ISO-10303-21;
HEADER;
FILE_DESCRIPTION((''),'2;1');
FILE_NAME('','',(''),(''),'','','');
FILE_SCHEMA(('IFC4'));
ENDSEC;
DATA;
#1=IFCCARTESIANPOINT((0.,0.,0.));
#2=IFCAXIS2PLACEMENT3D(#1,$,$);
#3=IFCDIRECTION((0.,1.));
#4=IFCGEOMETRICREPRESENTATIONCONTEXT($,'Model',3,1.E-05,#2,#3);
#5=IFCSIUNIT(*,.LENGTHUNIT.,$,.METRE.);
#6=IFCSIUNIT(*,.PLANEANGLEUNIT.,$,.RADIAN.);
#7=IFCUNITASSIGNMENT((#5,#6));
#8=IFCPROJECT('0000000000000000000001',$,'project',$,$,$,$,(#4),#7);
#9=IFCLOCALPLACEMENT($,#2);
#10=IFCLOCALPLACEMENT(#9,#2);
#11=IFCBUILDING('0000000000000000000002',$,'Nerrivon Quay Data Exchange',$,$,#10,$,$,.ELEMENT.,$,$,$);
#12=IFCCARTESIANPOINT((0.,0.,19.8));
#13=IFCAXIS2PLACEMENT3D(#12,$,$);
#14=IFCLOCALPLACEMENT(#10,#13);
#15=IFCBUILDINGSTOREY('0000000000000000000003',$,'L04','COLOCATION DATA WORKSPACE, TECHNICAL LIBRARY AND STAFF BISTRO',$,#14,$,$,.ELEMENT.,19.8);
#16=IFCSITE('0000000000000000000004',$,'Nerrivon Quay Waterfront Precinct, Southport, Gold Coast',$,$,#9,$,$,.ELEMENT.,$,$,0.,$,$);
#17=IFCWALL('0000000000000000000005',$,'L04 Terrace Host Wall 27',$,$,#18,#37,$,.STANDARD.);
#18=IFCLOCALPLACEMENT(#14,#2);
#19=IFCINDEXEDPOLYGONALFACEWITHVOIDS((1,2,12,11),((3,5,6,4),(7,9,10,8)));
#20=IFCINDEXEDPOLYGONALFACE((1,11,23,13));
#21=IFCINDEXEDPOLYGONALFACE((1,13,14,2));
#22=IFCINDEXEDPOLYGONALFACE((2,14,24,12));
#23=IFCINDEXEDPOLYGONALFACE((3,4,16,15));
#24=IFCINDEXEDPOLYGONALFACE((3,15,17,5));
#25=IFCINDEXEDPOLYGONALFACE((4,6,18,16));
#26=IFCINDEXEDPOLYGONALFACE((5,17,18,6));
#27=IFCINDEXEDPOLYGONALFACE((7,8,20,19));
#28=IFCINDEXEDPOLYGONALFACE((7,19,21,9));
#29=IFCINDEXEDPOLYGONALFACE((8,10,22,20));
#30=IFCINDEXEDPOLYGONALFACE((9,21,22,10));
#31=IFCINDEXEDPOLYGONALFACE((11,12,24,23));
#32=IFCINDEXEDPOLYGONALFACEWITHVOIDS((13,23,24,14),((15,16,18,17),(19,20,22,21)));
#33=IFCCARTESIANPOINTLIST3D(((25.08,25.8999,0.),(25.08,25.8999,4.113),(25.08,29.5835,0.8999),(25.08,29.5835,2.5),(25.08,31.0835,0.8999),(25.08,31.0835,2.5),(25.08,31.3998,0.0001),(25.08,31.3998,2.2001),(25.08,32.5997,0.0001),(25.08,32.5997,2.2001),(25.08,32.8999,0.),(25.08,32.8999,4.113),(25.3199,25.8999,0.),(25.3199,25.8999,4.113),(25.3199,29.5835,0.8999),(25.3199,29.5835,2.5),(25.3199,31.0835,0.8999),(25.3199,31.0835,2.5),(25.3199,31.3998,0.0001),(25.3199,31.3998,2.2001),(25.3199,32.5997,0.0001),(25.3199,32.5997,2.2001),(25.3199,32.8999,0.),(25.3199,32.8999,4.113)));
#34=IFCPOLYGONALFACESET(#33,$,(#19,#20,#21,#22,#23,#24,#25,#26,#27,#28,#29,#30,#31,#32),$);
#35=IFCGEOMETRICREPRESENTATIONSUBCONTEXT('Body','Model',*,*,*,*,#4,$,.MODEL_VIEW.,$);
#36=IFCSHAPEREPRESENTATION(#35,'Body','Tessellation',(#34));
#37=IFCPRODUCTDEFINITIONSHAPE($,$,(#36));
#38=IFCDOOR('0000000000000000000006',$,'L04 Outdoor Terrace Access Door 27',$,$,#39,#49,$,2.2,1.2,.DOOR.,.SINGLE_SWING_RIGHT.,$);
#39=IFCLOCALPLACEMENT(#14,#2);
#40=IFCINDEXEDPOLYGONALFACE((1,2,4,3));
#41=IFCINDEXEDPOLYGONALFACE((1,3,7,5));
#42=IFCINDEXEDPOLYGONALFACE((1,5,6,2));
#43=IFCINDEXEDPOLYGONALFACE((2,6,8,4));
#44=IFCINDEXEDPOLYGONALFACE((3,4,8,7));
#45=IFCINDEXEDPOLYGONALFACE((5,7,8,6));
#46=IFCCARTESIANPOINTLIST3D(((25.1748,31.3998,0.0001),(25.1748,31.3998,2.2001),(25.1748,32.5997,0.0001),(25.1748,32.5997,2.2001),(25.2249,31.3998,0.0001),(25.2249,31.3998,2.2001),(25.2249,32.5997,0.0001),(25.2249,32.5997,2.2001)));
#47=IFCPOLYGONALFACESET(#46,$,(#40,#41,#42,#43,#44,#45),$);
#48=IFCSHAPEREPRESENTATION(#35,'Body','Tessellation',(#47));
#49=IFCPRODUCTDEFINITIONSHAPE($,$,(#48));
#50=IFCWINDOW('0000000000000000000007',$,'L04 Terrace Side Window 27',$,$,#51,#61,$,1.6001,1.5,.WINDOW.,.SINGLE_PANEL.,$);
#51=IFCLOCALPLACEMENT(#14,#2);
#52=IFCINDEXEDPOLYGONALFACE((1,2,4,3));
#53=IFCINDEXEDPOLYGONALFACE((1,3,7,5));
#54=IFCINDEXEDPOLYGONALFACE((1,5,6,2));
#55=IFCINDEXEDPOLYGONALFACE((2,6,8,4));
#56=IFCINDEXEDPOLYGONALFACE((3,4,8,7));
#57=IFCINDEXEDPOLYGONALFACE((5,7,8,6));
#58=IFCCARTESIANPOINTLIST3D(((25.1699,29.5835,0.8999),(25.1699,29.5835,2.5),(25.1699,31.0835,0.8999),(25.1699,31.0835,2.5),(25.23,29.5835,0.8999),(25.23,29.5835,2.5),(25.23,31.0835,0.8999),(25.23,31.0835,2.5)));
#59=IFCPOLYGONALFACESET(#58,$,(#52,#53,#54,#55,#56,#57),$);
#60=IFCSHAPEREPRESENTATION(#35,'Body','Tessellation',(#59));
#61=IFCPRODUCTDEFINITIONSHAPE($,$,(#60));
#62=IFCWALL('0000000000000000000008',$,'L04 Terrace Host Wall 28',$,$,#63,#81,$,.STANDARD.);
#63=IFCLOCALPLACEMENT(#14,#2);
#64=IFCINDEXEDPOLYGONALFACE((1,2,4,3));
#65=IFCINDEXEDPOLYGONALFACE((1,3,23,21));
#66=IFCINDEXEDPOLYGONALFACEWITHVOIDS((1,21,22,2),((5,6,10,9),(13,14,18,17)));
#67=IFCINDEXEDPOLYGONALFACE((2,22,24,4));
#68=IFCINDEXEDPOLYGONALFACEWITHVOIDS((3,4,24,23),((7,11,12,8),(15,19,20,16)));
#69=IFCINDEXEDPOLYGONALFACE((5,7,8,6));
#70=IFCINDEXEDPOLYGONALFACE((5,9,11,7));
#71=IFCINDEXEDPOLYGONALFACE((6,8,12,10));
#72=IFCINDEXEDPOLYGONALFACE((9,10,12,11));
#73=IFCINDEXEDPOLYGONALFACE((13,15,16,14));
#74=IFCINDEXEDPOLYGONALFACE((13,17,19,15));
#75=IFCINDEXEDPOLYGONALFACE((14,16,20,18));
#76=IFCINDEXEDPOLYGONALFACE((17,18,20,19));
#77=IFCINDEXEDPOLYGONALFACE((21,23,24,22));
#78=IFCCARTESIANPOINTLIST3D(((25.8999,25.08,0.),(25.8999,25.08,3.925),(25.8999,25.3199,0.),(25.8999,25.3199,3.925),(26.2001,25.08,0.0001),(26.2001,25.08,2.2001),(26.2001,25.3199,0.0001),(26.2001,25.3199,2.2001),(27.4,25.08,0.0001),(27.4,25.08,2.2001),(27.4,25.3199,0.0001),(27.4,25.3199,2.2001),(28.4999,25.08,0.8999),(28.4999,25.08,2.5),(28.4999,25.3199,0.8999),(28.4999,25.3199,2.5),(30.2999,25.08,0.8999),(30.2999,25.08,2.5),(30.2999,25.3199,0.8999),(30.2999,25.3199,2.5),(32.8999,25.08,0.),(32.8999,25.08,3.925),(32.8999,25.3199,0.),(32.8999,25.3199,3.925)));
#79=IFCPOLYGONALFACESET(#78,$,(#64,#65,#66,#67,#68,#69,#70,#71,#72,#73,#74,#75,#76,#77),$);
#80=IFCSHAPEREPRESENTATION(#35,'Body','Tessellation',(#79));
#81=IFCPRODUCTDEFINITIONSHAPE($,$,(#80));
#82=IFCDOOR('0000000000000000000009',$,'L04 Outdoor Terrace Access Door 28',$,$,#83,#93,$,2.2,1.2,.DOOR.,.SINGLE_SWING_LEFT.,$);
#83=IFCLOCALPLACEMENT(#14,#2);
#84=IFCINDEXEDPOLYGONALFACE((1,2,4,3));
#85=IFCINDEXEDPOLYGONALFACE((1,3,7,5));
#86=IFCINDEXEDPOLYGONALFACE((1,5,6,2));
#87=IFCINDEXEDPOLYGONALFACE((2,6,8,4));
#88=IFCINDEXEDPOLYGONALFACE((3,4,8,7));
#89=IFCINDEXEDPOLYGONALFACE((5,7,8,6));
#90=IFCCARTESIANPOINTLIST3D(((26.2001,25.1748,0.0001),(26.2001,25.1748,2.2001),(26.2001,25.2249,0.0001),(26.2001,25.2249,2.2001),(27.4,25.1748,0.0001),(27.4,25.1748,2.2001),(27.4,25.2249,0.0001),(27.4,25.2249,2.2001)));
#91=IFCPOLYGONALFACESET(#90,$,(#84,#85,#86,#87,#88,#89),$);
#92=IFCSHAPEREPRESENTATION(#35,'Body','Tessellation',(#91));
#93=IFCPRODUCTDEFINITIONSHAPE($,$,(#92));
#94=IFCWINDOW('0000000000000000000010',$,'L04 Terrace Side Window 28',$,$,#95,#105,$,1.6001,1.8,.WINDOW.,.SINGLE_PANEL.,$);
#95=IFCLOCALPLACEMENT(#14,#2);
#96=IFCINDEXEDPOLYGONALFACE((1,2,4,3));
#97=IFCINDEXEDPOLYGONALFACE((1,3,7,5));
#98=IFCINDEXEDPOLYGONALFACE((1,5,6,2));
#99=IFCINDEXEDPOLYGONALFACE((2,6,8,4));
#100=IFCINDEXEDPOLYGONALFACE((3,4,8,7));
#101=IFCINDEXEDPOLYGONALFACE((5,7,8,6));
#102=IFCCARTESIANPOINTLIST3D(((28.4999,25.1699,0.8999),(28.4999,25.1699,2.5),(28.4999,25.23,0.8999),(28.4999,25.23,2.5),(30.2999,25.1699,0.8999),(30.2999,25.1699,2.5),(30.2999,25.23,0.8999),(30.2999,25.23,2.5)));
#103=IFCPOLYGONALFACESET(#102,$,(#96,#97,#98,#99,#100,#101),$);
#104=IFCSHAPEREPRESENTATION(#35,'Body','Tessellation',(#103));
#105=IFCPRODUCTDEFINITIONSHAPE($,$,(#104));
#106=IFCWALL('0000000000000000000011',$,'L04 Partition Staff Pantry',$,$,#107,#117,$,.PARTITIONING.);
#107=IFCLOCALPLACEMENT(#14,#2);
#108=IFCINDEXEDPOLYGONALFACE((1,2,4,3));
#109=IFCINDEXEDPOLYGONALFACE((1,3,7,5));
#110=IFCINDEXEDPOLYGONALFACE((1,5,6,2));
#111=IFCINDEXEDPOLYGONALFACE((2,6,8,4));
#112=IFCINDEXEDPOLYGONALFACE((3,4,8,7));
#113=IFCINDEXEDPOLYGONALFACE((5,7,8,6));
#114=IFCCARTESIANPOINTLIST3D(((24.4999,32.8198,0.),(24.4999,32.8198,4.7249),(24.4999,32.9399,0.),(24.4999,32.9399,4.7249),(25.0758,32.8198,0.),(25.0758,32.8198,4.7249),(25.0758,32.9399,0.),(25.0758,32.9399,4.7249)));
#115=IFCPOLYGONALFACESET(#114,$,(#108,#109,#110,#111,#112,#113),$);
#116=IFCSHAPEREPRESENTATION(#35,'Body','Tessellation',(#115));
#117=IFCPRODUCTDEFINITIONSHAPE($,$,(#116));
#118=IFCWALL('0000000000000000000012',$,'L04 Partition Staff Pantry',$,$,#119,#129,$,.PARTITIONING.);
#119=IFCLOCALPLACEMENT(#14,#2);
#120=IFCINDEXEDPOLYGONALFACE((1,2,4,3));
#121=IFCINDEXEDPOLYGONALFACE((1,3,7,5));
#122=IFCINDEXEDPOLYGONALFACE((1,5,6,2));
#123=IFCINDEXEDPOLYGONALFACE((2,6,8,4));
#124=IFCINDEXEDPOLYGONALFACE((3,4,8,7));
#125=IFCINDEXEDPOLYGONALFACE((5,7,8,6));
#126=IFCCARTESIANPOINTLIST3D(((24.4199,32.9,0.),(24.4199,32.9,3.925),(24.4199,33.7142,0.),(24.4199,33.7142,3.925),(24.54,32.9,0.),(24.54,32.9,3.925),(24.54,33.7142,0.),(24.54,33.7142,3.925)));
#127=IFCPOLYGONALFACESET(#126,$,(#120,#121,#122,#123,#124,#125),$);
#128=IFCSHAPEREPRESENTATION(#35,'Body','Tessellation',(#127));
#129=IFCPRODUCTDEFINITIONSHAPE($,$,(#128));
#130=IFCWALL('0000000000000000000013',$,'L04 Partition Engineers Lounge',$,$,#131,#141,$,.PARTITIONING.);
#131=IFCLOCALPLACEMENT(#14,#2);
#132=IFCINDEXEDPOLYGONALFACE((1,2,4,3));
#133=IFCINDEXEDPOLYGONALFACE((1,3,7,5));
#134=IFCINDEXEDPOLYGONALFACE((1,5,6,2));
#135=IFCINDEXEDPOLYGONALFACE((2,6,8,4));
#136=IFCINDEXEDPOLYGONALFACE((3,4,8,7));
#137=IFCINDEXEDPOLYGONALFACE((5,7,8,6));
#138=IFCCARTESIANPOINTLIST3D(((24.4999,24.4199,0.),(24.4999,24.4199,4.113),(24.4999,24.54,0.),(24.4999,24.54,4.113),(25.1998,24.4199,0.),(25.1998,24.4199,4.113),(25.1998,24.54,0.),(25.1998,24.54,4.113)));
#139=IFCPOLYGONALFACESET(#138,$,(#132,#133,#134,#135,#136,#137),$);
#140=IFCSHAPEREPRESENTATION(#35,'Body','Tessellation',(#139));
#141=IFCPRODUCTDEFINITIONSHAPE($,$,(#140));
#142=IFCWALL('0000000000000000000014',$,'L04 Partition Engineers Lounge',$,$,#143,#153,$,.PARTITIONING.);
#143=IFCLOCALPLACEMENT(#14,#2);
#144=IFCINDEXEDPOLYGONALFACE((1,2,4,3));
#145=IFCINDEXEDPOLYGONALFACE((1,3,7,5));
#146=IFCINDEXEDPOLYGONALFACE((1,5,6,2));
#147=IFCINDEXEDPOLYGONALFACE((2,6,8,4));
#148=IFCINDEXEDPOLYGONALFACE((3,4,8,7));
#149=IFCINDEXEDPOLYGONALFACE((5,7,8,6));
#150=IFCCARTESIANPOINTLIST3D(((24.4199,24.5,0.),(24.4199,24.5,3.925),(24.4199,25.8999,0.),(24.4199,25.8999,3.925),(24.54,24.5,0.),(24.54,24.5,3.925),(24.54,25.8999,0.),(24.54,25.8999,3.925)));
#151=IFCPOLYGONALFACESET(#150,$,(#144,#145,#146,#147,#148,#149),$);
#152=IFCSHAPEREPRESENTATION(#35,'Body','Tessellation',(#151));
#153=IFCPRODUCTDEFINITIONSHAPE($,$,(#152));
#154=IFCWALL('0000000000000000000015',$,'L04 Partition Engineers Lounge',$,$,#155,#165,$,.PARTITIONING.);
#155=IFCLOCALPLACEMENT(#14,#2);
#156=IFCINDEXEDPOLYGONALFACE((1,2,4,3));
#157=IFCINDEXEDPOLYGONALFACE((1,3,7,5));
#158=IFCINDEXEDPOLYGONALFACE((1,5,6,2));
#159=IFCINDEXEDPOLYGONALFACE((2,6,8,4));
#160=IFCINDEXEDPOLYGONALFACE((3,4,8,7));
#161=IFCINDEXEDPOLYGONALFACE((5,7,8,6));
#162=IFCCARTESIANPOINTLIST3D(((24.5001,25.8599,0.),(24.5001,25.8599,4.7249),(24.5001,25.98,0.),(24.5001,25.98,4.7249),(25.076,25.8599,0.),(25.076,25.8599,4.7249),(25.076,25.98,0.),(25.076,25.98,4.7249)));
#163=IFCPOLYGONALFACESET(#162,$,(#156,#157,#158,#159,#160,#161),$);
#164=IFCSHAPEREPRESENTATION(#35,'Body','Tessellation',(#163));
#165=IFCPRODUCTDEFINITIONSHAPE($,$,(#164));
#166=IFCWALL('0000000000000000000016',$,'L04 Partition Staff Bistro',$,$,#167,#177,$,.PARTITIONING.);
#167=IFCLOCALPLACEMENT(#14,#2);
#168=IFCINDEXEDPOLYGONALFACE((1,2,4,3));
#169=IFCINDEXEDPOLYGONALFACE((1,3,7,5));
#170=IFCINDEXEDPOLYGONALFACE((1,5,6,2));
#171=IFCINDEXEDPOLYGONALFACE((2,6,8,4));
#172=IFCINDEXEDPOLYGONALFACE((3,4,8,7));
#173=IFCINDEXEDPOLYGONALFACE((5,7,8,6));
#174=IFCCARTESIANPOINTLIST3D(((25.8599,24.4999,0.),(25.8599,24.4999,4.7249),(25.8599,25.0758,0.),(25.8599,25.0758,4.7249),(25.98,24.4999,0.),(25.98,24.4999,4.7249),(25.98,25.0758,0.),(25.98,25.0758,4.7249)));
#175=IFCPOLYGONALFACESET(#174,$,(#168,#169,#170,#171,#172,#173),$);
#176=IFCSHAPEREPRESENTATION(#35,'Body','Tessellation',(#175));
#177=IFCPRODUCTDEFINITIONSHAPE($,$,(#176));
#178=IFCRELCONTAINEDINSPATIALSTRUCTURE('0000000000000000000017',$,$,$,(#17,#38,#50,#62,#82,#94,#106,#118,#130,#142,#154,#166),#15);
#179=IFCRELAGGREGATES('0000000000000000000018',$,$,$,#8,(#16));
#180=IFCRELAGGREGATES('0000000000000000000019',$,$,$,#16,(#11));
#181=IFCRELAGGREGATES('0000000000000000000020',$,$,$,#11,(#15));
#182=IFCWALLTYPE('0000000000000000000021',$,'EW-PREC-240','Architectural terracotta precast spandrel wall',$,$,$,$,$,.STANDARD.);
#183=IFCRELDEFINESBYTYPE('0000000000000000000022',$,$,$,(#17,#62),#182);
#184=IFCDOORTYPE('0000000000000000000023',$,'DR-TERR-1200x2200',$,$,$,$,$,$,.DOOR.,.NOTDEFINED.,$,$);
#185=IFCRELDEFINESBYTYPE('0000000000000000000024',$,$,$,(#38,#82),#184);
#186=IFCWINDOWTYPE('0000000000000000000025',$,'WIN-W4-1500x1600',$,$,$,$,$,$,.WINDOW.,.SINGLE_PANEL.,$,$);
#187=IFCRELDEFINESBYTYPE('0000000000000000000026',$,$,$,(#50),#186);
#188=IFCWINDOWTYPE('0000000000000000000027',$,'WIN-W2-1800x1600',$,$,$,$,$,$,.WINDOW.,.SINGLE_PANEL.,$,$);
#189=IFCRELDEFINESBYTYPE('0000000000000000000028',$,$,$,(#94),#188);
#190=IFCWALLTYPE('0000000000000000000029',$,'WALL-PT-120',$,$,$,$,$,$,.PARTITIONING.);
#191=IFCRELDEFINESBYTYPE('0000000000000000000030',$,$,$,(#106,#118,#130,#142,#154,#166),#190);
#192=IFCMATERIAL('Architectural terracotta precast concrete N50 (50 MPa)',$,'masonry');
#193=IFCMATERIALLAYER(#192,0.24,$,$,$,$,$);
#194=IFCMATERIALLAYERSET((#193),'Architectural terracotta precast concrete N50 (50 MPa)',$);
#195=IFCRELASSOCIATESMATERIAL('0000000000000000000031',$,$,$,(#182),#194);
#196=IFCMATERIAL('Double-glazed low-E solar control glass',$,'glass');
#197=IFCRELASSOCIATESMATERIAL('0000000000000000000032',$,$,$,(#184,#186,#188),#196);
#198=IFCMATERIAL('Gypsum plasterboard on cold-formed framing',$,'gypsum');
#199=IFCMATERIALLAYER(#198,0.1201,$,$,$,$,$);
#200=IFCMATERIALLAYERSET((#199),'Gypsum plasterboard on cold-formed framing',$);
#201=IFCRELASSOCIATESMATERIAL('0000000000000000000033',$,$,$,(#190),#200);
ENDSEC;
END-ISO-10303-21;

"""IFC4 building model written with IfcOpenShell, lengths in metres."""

from ifc_helpers import new_model, si_unit, direction, frame, frame_2d, origin, place, context, subcontext, project, spatial, rectangle, extrude, material, layer, layer_set, type_object, element, fill, save


model = new_model("IFC4")

# Units and contexts
model_context = context("Model", 3, precision=1e-05, world=origin(), true_north=direction((0.0, 1.0)))
body_context = subcontext(model_context, "Body", "Model", "MODEL_VIEW")
ifc_project = project(units=[si_unit("LENGTHUNIT", "METRE"), si_unit("PLANEANGLEUNIT", "RADIAN")], contexts=[model_context])

# Site, building, storey
site_placement = place(None, origin())
site = spatial("IfcSite", under=ifc_project, at=site_placement, Name="Nerrivon Quay Waterfront Precinct, Southport, Gold Coast", CompositionType="ELEMENT", RefElevation=0.0)
building_placement = place(site_placement, origin())
building = spatial("IfcBuilding", under=site, at=building_placement, Name="Nerrivon Quay Data Exchange", CompositionType="ELEMENT")
storey_placement = place(building_placement, frame((0.0, 0.0, 19.8)))
storey = spatial("IfcBuildingStorey", under=building, at=storey_placement, Name="L04", Description="COLOCATION DATA WORKSPACE, TECHNICAL LIBRARY AND STAFF BISTRO", CompositionType="ELEMENT", Elevation=19.8)

# Walls, openings, doors, windows
ifc_material_1 = material(Name="Architectural terracotta precast concrete N50 (50 MPa)", Category="masonry")
ifc_layer_1 = layer(ifc_material_1, 0.24)
ifc_layer_set_1 = layer_set([ifc_layer_1], Name="Architectural terracotta precast concrete N50 (50 MPa)")
wall_type_1 = type_object("IfcWallType", Name="EW-PREC-240", Description="Architectural terracotta precast spandrel wall", PredefinedType="STANDARD", material=ifc_layer_set_1)
wall_1_placement = place(storey_placement, frame((25.2, 32.8999, 0.0), z_axis=(0.0, 0.0, 1.0), x_axis=(0.0, -1.0, 0.0)))
wall_1 = element("IfcWall", 1, at=wall_1_placement, inside=storey, type_object=wall_type_1, Name="L04 Terrace Host Wall 27", PredefinedType="STANDARD", context=body_context, shape_type="SweptSolid", body=[
    extrude(rectangle(XDim=7.0, YDim=0.24, at=frame_2d((3.5, 0.0))), origin(), (0.0, 0.0, 1.0), 4.113),
])
opening_1_placement = place(wall_1_placement, frame((0.3, 0.0, 0.0)))
opening_1 = element("IfcOpeningElement", 2, at=opening_1_placement, cuts=wall_1, PredefinedType="OPENING", context=body_context, shape_type="SweptSolid", body=[
    extrude(rectangle(XDim=1.2, YDim=2.2, at=frame_2d((0.6001, 1.1001))), frame((0.0, 0.1299, 0.0), z_axis=(0.0, -1.0, 0.0), x_axis=(1.0, 0.0, 0.0)), (0.0, 0.0, 1.0), 0.26),
])
opening_2_placement = place(wall_1_placement, frame((1.8164, 0.0, 0.8999)))
opening_2 = element("IfcOpeningElement", 3, at=opening_2_placement, cuts=wall_1, PredefinedType="OPENING", context=body_context, shape_type="SweptSolid", body=[
    extrude(rectangle(XDim=1.5, YDim=1.6001, at=frame_2d((0.75, 0.8))), frame((0.0, 0.1299, 0.0), z_axis=(0.0, -1.0, 0.0), x_axis=(1.0, 0.0, 0.0)), (0.0, 0.0, 1.0), 0.26),
])
ifc_material_2 = material(Name="Double-glazed low-E solar control glass", Category="glass")
door_type_1 = type_object("IfcDoorType", Name="DR-TERR-1200x2200", OperationType="NOTDEFINED", PredefinedType="DOOR", material=ifc_material_2)
door_1_placement = place(opening_1_placement, origin())
door_1 = element("IfcDoor", 4, at=door_1_placement, inside=storey, type_object=door_type_1, Name="L04 Outdoor Terrace Access Door 27", OperationType="SINGLE_SWING_RIGHT", OverallHeight=2.2, OverallWidth=1.2, PredefinedType="DOOR", context=body_context, shape_type="SweptSolid", body=[
    extrude(rectangle(XDim=1.2, YDim=2.2, at=frame_2d((0.6001, 1.1001))), frame((0.0, 0.0249, 0.0), z_axis=(0.0, -1.0, 0.0), x_axis=(1.0, 0.0, 0.0)), (0.0, 0.0, 1.0), 0.05),
])
fill(opening_1, door_1)
window_type_1 = type_object("IfcWindowType", Name="WIN-W4-1500x1600", PartitioningType="SINGLE_PANEL", PredefinedType="WINDOW", material=ifc_material_2)
window_1_placement = place(opening_2_placement, origin())
window_1 = element("IfcWindow", 5, at=window_1_placement, inside=storey, type_object=window_type_1, Name="L04 Terrace Side Window 27", OverallHeight=1.6001, OverallWidth=1.5, PartitioningType="SINGLE_PANEL", PredefinedType="WINDOW", context=body_context, shape_type="SweptSolid", body=[
    extrude(rectangle(XDim=1.5, YDim=1.6001, at=frame_2d((0.75, 0.8))), frame((0.0, 0.03, 0.0), z_axis=(0.0, -1.0, 0.0), x_axis=(1.0, 0.0, 0.0)), (0.0, 0.0, 1.0), 0.0601),
])
fill(opening_2, window_1)
wall_2_placement = place(storey_placement, frame((25.8999, 25.2, 0.0), z_axis=(0.0, 0.0, 1.0), x_axis=(1.0, 0.0, 0.0)))
wall_2 = element("IfcWall", 6, at=wall_2_placement, inside=storey, type_object=wall_type_1, Name="L04 Terrace Host Wall 28", PredefinedType="STANDARD", context=body_context, shape_type="SweptSolid", body=[
    extrude(rectangle(XDim=7.0, YDim=0.24, at=frame_2d((3.5, 0.0))), origin(), (0.0, 0.0, 1.0), 3.925),
])
opening_3_placement = place(wall_2_placement, frame((0.3, 0.0, 0.0)))
opening_3 = element("IfcOpeningElement", 7, at=opening_3_placement, cuts=wall_2, PredefinedType="OPENING", context=body_context, shape_type="SweptSolid", body=[
    extrude(rectangle(XDim=1.2, YDim=2.2, at=frame_2d((0.6001, 1.1001))), frame((0.0, 0.1299, 0.0), z_axis=(0.0, -1.0, 0.0), x_axis=(1.0, 0.0, 0.0)), (0.0, 0.0, 1.0), 0.26),
])
opening_4_placement = place(wall_2_placement, frame((2.6001, 0.0, 0.8999)))
opening_4 = element("IfcOpeningElement", 8, at=opening_4_placement, cuts=wall_2, PredefinedType="OPENING", context=body_context, shape_type="SweptSolid", body=[
    extrude(rectangle(XDim=1.8, YDim=1.6001, at=frame_2d((0.8999, 0.8))), frame((0.0, 0.1299, 0.0), z_axis=(0.0, -1.0, 0.0), x_axis=(1.0, 0.0, 0.0)), (0.0, 0.0, 1.0), 0.26),
])
door_2_placement = place(opening_3_placement, origin())
door_2 = element("IfcDoor", 9, at=door_2_placement, inside=storey, type_object=door_type_1, Name="L04 Outdoor Terrace Access Door 28", OperationType="SINGLE_SWING_LEFT", OverallHeight=2.2, OverallWidth=1.2, PredefinedType="DOOR", context=body_context, shape_type="SweptSolid", body=[
    extrude(rectangle(XDim=1.2, YDim=2.2, at=frame_2d((0.6001, 1.1001))), frame((0.0, 0.0249, 0.0), z_axis=(0.0, -1.0, 0.0), x_axis=(1.0, 0.0, 0.0)), (0.0, 0.0, 1.0), 0.05),
])
fill(opening_3, door_2)
window_type_2 = type_object("IfcWindowType", Name="WIN-W2-1800x1600", PartitioningType="SINGLE_PANEL", PredefinedType="WINDOW", material=ifc_material_2)
window_2_placement = place(opening_4_placement, origin())
window_2 = element("IfcWindow", 10, at=window_2_placement, inside=storey, type_object=window_type_2, Name="L04 Terrace Side Window 28", OverallHeight=1.6001, OverallWidth=1.8, PartitioningType="SINGLE_PANEL", PredefinedType="WINDOW", context=body_context, shape_type="SweptSolid", body=[
    extrude(rectangle(XDim=1.8, YDim=1.6001, at=frame_2d((0.8999, 0.8))), frame((0.0, 0.03, 0.0), z_axis=(0.0, -1.0, 0.0), x_axis=(1.0, 0.0, 0.0)), (0.0, 0.0, 1.0), 0.0601),
])
fill(opening_4, window_2)

# Walls
ifc_material_3 = material(Name="Gypsum plasterboard on cold-formed framing", Category="gypsum")
ifc_layer_2 = layer(ifc_material_3, 0.1201)
ifc_layer_set_2 = layer_set([ifc_layer_2], Name="Gypsum plasterboard on cold-formed framing")
wall_type_2 = type_object("IfcWallType", Name="WALL-PT-120", PredefinedType="PARTITIONING", material=ifc_layer_set_2)
wall_3_placement = place(storey_placement, frame((25.0759, 32.8799, 0.0), z_axis=(0.0, 0.0, 1.0), x_axis=(-1.0, 0.0, 0.0)))
element("IfcWall", 11, at=wall_3_placement, inside=storey, type_object=wall_type_2, Name="L04 Partition Staff Pantry", PredefinedType="PARTITIONING", context=body_context, shape_type="SweptSolid", body=[
    extrude(rectangle(XDim=0.5759, YDim=0.1201, at=frame_2d((0.2881, 0.0))), origin(), (0.0, 0.0, 1.0), 4.7249),
])
wall_4_placement = place(storey_placement, frame((24.48, 32.8999, 0.0), z_axis=(0.0, 0.0, 1.0), x_axis=(0.0, 1.0, 0.0)))
element("IfcWall", 12, at=wall_4_placement, inside=storey, type_object=wall_type_2, Name="L04 Partition Staff Pantry", PredefinedType="PARTITIONING", context=body_context, shape_type="SweptSolid", body=[
    extrude(rectangle(XDim=0.8142, YDim=0.1201, at=frame_2d((0.4072, 0.0))), origin(), (0.0, 0.0, 1.0), 3.925),
])
wall_5_placement = place(storey_placement, frame((25.2, 24.48, 0.0), z_axis=(0.0, 0.0, 1.0), x_axis=(-1.0, 0.0, 0.0)))
element("IfcWall", 13, at=wall_5_placement, inside=storey, type_object=wall_type_2, Name="L04 Partition Engineers Lounge", PredefinedType="PARTITIONING", context=body_context, shape_type="SweptSolid", body=[
    extrude(rectangle(XDim=0.7, YDim=0.1201, at=frame_2d((0.3501, 0.0))), origin(), (0.0, 0.0, 1.0), 4.113),
])
wall_6_placement = place(storey_placement, frame((24.48, 24.5, 0.0), z_axis=(0.0, 0.0, 1.0), x_axis=(0.0, 1.0, 0.0)))
element("IfcWall", 14, at=wall_6_placement, inside=storey, type_object=wall_type_2, Name="L04 Partition Engineers Lounge", PredefinedType="PARTITIONING", context=body_context, shape_type="SweptSolid", body=[
    extrude(rectangle(XDim=1.3999, YDim=0.1201, at=frame_2d((0.7, 0.0))), origin(), (0.0, 0.0, 1.0), 3.925),
])
for number, where, z_axis, x_axis, name in (
    (15, (24.5, 25.9199, 0.0), (0.0, 0.0, 1.0), (1.0, 0.0, 0.0), "L04 Partition Engineers Lounge"),
    (16, (25.9199, 25.0759, 0.0), (0.0, 0.0, 1.0), (0.0, -1.0, 0.0), "L04 Partition Staff Bistro"),
):
    element("IfcWall", number, at=place(storey_placement, frame(where, z_axis=z_axis, x_axis=x_axis)), inside=storey, type_object=wall_type_2, Name=name, PredefinedType="PARTITIONING", context=body_context, shape_type="SweptSolid", body=[
        extrude(rectangle(XDim=0.5759, YDim=0.1201, at=frame_2d((0.2881, 0.0))), origin(), (0.0, 0.0, 1.0), 4.7249),
    ])

save(model, "model.ifc")
